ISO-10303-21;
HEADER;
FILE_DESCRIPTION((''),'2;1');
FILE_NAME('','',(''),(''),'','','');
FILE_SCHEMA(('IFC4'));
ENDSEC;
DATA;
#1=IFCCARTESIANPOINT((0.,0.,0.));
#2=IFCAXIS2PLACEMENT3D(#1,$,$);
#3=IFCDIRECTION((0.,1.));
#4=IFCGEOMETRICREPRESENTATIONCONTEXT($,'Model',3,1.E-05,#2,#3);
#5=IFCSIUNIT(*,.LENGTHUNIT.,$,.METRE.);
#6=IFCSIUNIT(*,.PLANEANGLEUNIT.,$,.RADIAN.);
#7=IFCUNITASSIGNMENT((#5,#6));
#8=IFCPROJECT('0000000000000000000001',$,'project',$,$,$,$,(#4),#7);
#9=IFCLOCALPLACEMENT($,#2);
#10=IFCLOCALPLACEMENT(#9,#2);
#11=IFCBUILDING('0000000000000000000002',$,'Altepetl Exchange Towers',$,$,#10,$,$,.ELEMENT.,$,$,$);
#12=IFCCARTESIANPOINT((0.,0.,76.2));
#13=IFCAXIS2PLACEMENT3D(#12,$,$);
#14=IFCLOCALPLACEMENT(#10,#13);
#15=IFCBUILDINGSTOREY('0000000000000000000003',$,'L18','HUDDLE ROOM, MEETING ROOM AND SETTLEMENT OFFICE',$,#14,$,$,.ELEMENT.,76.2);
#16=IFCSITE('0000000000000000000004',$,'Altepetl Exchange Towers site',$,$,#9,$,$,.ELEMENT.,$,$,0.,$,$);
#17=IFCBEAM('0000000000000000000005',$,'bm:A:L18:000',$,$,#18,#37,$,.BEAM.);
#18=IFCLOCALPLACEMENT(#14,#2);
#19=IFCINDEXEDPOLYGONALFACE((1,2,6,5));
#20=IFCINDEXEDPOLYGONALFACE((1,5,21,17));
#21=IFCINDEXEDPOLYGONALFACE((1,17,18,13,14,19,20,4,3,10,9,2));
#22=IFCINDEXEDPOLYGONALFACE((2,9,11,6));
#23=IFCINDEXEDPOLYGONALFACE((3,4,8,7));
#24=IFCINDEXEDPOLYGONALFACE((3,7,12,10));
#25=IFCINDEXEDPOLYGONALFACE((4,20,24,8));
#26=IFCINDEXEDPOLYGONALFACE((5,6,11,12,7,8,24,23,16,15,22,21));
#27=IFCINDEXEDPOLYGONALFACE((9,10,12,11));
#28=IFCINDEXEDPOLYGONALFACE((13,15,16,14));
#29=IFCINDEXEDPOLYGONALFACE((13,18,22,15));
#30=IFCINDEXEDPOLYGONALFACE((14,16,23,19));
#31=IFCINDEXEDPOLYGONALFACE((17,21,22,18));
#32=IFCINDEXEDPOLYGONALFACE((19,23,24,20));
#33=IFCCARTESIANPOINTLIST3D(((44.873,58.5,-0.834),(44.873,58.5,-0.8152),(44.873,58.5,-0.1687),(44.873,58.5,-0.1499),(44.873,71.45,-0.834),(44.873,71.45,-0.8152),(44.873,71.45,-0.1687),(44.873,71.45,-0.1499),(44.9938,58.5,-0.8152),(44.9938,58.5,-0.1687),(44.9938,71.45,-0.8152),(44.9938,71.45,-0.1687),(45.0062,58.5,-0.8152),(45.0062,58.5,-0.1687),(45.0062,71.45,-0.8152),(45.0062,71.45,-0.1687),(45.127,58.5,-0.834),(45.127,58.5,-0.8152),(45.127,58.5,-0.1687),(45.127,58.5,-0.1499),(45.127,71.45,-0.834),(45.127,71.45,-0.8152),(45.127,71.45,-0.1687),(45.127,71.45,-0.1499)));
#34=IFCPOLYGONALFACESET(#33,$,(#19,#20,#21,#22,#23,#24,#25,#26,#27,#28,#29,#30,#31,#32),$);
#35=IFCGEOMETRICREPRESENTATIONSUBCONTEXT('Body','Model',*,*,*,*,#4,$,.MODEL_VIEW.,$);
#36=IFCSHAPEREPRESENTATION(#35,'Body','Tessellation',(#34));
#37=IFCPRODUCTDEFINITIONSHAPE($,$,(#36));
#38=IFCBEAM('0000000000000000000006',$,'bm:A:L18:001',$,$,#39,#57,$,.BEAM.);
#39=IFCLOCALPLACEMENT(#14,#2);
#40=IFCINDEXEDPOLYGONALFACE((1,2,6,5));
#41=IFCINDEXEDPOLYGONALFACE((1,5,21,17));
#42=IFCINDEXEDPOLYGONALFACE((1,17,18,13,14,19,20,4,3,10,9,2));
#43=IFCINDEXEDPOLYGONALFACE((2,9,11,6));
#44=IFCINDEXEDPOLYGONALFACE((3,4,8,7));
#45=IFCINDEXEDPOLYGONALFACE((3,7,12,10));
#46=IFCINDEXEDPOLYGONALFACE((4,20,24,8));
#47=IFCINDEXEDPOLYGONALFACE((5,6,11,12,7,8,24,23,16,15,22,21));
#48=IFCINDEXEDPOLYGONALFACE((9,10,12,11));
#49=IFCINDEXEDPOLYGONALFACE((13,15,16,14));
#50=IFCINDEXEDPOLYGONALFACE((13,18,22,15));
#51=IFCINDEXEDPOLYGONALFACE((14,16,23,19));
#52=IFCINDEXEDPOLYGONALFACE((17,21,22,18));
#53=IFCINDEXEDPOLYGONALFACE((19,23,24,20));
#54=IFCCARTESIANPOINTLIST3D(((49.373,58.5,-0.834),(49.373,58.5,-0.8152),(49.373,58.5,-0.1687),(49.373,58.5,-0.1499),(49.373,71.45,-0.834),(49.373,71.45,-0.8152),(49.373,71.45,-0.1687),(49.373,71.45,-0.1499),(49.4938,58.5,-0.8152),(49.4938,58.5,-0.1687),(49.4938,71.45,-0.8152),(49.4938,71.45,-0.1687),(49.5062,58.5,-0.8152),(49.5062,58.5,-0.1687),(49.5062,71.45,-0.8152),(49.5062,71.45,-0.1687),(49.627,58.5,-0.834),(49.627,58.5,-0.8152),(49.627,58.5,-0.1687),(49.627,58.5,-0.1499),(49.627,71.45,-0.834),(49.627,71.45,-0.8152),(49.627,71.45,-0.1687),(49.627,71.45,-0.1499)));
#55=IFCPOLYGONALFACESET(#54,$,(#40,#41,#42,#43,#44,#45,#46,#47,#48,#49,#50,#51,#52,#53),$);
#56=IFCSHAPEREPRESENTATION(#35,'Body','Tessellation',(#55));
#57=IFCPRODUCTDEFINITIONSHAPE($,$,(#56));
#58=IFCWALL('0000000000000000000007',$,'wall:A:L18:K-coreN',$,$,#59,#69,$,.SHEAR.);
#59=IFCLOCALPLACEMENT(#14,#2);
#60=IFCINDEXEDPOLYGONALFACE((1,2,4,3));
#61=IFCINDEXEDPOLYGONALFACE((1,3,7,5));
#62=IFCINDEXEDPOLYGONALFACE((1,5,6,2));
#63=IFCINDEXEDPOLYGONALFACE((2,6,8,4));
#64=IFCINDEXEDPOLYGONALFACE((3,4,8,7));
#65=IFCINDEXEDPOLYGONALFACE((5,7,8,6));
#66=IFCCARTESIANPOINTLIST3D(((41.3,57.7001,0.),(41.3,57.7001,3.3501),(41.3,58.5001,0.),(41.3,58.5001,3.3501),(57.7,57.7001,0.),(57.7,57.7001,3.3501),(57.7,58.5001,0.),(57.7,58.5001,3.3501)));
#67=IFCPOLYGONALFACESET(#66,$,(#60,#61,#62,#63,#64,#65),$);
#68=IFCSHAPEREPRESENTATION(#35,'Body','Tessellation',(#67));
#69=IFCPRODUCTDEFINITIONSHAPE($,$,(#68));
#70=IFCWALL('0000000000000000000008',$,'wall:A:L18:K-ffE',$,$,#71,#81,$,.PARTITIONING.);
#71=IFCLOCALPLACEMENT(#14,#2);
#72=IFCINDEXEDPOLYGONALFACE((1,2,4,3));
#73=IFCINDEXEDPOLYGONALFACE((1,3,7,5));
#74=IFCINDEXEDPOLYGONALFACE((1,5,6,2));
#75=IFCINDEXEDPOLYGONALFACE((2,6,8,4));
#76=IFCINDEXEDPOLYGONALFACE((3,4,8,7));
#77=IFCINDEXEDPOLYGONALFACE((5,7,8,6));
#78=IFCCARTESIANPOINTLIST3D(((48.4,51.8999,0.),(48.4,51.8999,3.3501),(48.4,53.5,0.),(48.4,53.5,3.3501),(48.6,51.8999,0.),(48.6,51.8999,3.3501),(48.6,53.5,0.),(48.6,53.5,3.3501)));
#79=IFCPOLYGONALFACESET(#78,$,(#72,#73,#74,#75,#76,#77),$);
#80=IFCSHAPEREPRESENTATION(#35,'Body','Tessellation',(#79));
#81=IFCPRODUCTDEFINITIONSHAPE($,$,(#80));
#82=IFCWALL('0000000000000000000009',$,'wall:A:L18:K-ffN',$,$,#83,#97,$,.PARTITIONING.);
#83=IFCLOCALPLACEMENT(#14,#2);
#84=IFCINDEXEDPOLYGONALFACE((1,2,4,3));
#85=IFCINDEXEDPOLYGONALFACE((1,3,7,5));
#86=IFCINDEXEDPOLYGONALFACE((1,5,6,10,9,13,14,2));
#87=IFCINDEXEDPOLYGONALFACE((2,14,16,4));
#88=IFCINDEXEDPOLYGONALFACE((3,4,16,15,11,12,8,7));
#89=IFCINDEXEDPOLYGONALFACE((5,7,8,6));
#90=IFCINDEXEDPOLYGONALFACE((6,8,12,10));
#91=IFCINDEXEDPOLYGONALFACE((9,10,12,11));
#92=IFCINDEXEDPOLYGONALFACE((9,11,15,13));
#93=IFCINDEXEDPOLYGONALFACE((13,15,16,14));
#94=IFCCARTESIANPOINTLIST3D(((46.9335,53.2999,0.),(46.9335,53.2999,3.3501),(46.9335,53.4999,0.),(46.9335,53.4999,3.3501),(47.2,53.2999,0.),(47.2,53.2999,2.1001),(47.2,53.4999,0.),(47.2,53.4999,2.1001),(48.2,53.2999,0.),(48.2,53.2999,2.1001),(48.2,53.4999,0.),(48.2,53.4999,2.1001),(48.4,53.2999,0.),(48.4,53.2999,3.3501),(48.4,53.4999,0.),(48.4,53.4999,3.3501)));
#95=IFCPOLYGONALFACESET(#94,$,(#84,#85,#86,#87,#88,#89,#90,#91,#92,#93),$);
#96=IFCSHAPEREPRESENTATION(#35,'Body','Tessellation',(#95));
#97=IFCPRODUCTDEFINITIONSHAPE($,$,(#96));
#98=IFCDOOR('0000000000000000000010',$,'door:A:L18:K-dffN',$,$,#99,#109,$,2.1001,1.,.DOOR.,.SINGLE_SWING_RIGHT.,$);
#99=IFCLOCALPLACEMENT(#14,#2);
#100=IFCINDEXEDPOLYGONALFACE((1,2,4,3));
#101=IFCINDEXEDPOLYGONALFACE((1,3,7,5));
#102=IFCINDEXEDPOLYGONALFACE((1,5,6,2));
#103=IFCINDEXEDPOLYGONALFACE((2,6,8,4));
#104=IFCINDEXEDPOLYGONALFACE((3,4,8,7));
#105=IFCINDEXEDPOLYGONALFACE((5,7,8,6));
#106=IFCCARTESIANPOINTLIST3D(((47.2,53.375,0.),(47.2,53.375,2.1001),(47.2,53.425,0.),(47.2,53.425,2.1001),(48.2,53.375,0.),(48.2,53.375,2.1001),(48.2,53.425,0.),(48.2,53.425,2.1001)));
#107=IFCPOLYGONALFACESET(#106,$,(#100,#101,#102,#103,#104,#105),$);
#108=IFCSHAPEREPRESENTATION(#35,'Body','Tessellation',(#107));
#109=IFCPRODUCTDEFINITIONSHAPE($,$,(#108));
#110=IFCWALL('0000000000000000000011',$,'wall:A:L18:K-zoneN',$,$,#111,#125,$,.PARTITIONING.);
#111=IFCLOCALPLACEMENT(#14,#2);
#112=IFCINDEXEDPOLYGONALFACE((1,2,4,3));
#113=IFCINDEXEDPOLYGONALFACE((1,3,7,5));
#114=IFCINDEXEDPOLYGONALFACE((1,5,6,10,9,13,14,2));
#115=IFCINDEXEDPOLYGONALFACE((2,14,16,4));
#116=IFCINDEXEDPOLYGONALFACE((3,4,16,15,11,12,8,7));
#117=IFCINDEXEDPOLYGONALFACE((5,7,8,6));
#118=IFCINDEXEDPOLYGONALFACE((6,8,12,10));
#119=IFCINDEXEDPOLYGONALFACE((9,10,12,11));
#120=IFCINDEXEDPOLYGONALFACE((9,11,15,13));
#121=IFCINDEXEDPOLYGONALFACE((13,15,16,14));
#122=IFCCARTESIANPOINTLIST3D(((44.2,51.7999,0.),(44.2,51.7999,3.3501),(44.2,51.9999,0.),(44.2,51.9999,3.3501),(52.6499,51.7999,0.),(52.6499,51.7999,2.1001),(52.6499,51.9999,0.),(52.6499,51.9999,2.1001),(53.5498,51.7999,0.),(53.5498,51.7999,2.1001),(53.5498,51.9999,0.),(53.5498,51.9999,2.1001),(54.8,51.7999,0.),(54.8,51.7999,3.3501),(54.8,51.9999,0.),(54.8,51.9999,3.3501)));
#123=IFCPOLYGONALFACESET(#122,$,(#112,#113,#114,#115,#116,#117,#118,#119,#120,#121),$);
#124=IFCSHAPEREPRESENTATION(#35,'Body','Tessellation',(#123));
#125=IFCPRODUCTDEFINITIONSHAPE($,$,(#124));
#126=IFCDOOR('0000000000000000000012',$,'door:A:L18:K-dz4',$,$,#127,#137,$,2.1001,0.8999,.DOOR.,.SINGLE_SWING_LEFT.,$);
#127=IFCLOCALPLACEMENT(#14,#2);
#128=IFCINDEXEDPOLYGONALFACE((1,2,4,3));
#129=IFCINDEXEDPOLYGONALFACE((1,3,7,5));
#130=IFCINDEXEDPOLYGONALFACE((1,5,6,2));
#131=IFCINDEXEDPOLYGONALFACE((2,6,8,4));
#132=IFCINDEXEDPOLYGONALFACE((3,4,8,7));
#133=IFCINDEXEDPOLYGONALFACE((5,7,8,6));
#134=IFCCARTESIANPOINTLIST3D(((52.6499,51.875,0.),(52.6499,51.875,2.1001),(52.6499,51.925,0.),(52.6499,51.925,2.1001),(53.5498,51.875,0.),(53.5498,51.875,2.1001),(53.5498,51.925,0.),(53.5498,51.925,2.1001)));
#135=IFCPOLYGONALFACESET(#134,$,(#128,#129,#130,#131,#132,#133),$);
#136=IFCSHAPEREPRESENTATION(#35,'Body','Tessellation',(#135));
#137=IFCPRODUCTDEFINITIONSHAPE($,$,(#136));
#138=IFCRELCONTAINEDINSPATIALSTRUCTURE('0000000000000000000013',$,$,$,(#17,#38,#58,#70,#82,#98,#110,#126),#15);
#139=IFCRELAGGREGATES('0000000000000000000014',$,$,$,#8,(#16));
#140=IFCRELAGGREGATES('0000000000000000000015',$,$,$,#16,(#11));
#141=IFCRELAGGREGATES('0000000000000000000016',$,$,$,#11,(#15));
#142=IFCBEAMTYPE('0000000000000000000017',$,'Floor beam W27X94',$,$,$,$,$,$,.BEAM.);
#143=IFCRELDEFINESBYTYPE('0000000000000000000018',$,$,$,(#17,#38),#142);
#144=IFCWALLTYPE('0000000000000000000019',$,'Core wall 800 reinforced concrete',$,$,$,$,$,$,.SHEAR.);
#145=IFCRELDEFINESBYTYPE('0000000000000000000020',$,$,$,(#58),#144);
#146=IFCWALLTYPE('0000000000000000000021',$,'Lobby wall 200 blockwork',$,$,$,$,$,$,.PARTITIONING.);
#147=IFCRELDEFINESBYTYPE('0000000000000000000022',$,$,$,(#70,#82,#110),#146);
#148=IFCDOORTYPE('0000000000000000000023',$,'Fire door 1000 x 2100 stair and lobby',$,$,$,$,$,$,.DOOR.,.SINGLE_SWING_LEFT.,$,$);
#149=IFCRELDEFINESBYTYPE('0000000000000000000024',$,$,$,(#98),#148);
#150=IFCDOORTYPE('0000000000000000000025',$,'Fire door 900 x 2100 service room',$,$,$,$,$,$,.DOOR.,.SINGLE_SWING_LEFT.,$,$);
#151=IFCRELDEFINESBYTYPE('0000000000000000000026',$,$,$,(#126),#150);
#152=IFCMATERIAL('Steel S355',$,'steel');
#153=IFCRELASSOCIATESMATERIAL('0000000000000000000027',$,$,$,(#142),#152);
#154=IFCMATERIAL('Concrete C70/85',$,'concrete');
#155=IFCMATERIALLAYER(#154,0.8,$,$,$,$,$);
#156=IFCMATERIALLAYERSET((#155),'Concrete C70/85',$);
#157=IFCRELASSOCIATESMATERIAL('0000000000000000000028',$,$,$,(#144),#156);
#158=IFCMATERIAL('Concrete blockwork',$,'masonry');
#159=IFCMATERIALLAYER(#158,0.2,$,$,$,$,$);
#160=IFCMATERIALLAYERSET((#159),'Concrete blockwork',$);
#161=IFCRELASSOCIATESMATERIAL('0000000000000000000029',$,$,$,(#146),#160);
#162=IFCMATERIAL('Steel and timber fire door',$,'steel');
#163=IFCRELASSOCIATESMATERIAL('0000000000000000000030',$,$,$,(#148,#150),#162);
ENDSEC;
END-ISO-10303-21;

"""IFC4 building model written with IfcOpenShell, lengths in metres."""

from ifc_helpers import new_model, si_unit, direction, frame, frame_2d, origin, origin_2d, place, context, subcontext, project, spatial, rectangle, i_section, extrude, material, layer, layer_set, material_profile, profile_set, type_object, element, fill, save


model = new_model("IFC4")

# Units and contexts
model_context = context("Model", 3, precision=1e-05, world=origin(), true_north=direction((0.0, 1.0)))
body_context = subcontext(model_context, "Body", "Model", "MODEL_VIEW")
ifc_project = project(units=[si_unit("LENGTHUNIT", "METRE"), si_unit("PLANEANGLEUNIT", "RADIAN")], contexts=[model_context])

# Site, building, storey
site_placement = place(None, origin())
site = spatial("IfcSite", under=ifc_project, at=site_placement, Name="Altepetl Exchange Towers site", CompositionType="ELEMENT", RefElevation=0.0)
building_placement = place(site_placement, origin())
building = spatial("IfcBuilding", under=site, at=building_placement, Name="Altepetl Exchange Towers", CompositionType="ELEMENT")
storey_placement = place(building_placement, frame((0.0, 0.0, 76.2)))
storey = spatial("IfcBuildingStorey", under=building, at=storey_placement, Name="L18", Description="HUDDLE ROOM, MEETING ROOM AND SETTLEMENT OFFICE", CompositionType="ELEMENT", Elevation=76.2)

# Beams
ifc_material_1 = material(Name="Steel S355", Category="steel")
ifc_material_profile = material_profile(ifc_material_1, i_section(OverallWidth=0.2539, OverallDepth=0.6841, WebThickness=0.0125, FlangeThickness=0.0188, at=origin_2d()), Name="W27X94")
ifc_profile_set = profile_set([ifc_material_profile], Name="Steel S355")
beam_type = type_object("IfcBeamType", Name="Floor beam W27X94", PredefinedType="BEAM", material=ifc_profile_set)
for number, where, z_axis, x_axis, name in (
    (1, (45.0, 58.5, -0.4919), (0.0, 1.0, 0.0), (-1.0, 0.0, 0.0), "bm:A:L18:000"),
    (2, (49.5, 58.5, -0.4919), (0.0, 1.0, 0.0), (-1.0, 0.0, 0.0), "bm:A:L18:001"),
):
    element("IfcBeam", number, at=place(storey_placement, frame(where, z_axis=z_axis, x_axis=x_axis)), inside=storey, type_object=beam_type, Name=name, PredefinedType="BEAM", context=body_context, shape_type="SweptSolid", body=[
        extrude(i_section(OverallWidth=0.2539, OverallDepth=0.6841, WebThickness=0.0125, FlangeThickness=0.0188, at=origin_2d()), origin(), (0.0, 0.0, 1.0), 12.95),
    ])

# Walls
ifc_material_2 = material(Name="Concrete C70/85", Category="concrete")
ifc_layer_1 = layer(ifc_material_2, 0.8)
ifc_layer_set_1 = layer_set([ifc_layer_1], Name="Concrete C70/85")
wall_type_1 = type_object("IfcWallType", Name="Core wall 800 reinforced concrete", PredefinedType="SHEAR", material=ifc_layer_set_1)
wall_1_placement = place(storey_placement, frame((41.3, 58.1001, 0.0)))
element("IfcWall", 3, at=wall_1_placement, inside=storey, type_object=wall_type_1, Name="wall:A:L18:K-coreN", PredefinedType="SHEAR", context=body_context, shape_type="SweptSolid", body=[
    extrude(rectangle(XDim=16.3999, YDim=0.8, at=frame_2d((8.2, 0.0))), origin(), (0.0, 0.0, 1.0), 3.3501),
])
ifc_material_3 = material(Name="Concrete blockwork", Category="masonry")
ifc_layer_2 = layer(ifc_material_3, 0.2)
ifc_layer_set_2 = layer_set([ifc_layer_2], Name="Concrete blockwork")
wall_type_2 = type_object("IfcWallType", Name="Lobby wall 200 blockwork", PredefinedType="PARTITIONING", material=ifc_layer_set_2)
wall_2_placement = place(storey_placement, frame((48.5, 51.8999, 0.0), z_axis=(0.0, 0.0, 1.0), x_axis=(0.0, 1.0, 0.0)))
element("IfcWall", 4, at=wall_2_placement, inside=storey, type_object=wall_type_2, Name="wall:A:L18:K-ffE", PredefinedType="PARTITIONING", context=body_context, shape_type="SweptSolid", body=[
    extrude(rectangle(XDim=1.6001, YDim=0.2, at=frame_2d((0.8, 0.0))), origin(), (0.0, 0.0, 1.0), 3.3501),
])

# Walls, openings, doors
wall_3_placement = place(storey_placement, frame((46.9333, 53.3999, 0.0)))
wall_3 = element("IfcWall", 5, at=wall_3_placement, inside=storey, type_object=wall_type_2, Name="wall:A:L18:K-ffN", PredefinedType="PARTITIONING", context=body_context, shape_type="SweptSolid", body=[
    extrude(rectangle(XDim=1.4666, YDim=0.2, at=frame_2d((0.7334, 0.0))), origin(), (0.0, 0.0, 1.0), 3.3501),
])
opening_1_placement = place(wall_3_placement, frame((0.2666, 0.0, 0.0)))
opening_1 = element("IfcOpeningElement", 6, at=opening_1_placement, cuts=wall_3, PredefinedType="OPENING", context=body_context, shape_type="SweptSolid", body=[
    extrude(rectangle(XDim=1.0, YDim=2.1001, at=frame_2d((0.5, 1.05))), frame((0.0, 0.1099, 0.0), z_axis=(0.0, -1.0, 0.0), x_axis=(1.0, 0.0, 0.0)), (0.0, 0.0, 1.0), 0.22),
])
ifc_material_4 = material(Name="Steel and timber fire door", Category="steel")
door_type_1 = type_object("IfcDoorType", Name="Fire door 1000 x 2100 stair and lobby", OperationType="SINGLE_SWING_LEFT", PredefinedType="DOOR", material=ifc_material_4)
door_1_placement = place(opening_1_placement, frame((1.0, 0.0, 0.0), x_axis=(-1.0, 0.0, 0.0)))
door_1 = element("IfcDoor", 7, at=door_1_placement, inside=storey, type_object=door_type_1, Name="door:A:L18:K-dffN", OperationType="SINGLE_SWING_RIGHT", OverallHeight=2.1001, OverallWidth=1.0, PredefinedType="DOOR", context=body_context, shape_type="SweptSolid", body=[
    extrude(rectangle(XDim=1.0, YDim=2.1001, at=frame_2d((0.5, 1.05))), frame((0.0, 0.0249, 0.0), z_axis=(0.0, -1.0, 0.0), x_axis=(1.0, 0.0, 0.0)), (0.0, 0.0, 1.0), 0.05),
])
fill(opening_1, door_1)
wall_4_placement = place(storey_placement, frame((44.2, 51.8999, 0.0)))
wall_4 = element("IfcWall", 8, at=wall_4_placement, inside=storey, type_object=wall_type_2, Name="wall:A:L18:K-zoneN", PredefinedType="PARTITIONING", context=body_context, shape_type="SweptSolid", body=[
    extrude(rectangle(XDim=10.6001, YDim=0.2, at=frame_2d((5.3, 0.0))), origin(), (0.0, 0.0, 1.0), 3.3501),
])
opening_2_placement = place(wall_4_placement, frame((8.45, 0.0, 0.0)))
opening_2 = element("IfcOpeningElement", 9, at=opening_2_placement, cuts=wall_4, PredefinedType="OPENING", context=body_context, shape_type="SweptSolid", body=[
    extrude(rectangle(XDim=0.8999, YDim=2.1001, at=frame_2d((0.45, 1.05))), frame((0.0, 0.1099, 0.0), z_axis=(0.0, -1.0, 0.0), x_axis=(1.0, 0.0, 0.0)), (0.0, 0.0, 1.0), 0.22),
])
door_type_2 = type_object("IfcDoorType", Name="Fire door 900 x 2100 service room", OperationType="SINGLE_SWING_LEFT", PredefinedType="DOOR", material=ifc_material_4)
door_2_placement = place(opening_2_placement, frame((0.8999, 0.0, 0.0), x_axis=(-1.0, 0.0, 0.0)))
door_2 = element("IfcDoor", 10, at=door_2_placement, inside=storey, type_object=door_type_2, Name="door:A:L18:K-dz4", OperationType="SINGLE_SWING_LEFT", OverallHeight=2.1001, OverallWidth=0.8999, PredefinedType="DOOR", context=body_context, shape_type="SweptSolid", body=[
    extrude(rectangle(XDim=0.8999, YDim=2.1001, at=frame_2d((0.45, 1.05))), frame((0.0, 0.0249, 0.0), z_axis=(0.0, -1.0, 0.0), x_axis=(1.0, 0.0, 0.0)), (0.0, 0.0, 1.0), 0.05),
])
fill(opening_2, door_2)

save(model, "model.ifc")
